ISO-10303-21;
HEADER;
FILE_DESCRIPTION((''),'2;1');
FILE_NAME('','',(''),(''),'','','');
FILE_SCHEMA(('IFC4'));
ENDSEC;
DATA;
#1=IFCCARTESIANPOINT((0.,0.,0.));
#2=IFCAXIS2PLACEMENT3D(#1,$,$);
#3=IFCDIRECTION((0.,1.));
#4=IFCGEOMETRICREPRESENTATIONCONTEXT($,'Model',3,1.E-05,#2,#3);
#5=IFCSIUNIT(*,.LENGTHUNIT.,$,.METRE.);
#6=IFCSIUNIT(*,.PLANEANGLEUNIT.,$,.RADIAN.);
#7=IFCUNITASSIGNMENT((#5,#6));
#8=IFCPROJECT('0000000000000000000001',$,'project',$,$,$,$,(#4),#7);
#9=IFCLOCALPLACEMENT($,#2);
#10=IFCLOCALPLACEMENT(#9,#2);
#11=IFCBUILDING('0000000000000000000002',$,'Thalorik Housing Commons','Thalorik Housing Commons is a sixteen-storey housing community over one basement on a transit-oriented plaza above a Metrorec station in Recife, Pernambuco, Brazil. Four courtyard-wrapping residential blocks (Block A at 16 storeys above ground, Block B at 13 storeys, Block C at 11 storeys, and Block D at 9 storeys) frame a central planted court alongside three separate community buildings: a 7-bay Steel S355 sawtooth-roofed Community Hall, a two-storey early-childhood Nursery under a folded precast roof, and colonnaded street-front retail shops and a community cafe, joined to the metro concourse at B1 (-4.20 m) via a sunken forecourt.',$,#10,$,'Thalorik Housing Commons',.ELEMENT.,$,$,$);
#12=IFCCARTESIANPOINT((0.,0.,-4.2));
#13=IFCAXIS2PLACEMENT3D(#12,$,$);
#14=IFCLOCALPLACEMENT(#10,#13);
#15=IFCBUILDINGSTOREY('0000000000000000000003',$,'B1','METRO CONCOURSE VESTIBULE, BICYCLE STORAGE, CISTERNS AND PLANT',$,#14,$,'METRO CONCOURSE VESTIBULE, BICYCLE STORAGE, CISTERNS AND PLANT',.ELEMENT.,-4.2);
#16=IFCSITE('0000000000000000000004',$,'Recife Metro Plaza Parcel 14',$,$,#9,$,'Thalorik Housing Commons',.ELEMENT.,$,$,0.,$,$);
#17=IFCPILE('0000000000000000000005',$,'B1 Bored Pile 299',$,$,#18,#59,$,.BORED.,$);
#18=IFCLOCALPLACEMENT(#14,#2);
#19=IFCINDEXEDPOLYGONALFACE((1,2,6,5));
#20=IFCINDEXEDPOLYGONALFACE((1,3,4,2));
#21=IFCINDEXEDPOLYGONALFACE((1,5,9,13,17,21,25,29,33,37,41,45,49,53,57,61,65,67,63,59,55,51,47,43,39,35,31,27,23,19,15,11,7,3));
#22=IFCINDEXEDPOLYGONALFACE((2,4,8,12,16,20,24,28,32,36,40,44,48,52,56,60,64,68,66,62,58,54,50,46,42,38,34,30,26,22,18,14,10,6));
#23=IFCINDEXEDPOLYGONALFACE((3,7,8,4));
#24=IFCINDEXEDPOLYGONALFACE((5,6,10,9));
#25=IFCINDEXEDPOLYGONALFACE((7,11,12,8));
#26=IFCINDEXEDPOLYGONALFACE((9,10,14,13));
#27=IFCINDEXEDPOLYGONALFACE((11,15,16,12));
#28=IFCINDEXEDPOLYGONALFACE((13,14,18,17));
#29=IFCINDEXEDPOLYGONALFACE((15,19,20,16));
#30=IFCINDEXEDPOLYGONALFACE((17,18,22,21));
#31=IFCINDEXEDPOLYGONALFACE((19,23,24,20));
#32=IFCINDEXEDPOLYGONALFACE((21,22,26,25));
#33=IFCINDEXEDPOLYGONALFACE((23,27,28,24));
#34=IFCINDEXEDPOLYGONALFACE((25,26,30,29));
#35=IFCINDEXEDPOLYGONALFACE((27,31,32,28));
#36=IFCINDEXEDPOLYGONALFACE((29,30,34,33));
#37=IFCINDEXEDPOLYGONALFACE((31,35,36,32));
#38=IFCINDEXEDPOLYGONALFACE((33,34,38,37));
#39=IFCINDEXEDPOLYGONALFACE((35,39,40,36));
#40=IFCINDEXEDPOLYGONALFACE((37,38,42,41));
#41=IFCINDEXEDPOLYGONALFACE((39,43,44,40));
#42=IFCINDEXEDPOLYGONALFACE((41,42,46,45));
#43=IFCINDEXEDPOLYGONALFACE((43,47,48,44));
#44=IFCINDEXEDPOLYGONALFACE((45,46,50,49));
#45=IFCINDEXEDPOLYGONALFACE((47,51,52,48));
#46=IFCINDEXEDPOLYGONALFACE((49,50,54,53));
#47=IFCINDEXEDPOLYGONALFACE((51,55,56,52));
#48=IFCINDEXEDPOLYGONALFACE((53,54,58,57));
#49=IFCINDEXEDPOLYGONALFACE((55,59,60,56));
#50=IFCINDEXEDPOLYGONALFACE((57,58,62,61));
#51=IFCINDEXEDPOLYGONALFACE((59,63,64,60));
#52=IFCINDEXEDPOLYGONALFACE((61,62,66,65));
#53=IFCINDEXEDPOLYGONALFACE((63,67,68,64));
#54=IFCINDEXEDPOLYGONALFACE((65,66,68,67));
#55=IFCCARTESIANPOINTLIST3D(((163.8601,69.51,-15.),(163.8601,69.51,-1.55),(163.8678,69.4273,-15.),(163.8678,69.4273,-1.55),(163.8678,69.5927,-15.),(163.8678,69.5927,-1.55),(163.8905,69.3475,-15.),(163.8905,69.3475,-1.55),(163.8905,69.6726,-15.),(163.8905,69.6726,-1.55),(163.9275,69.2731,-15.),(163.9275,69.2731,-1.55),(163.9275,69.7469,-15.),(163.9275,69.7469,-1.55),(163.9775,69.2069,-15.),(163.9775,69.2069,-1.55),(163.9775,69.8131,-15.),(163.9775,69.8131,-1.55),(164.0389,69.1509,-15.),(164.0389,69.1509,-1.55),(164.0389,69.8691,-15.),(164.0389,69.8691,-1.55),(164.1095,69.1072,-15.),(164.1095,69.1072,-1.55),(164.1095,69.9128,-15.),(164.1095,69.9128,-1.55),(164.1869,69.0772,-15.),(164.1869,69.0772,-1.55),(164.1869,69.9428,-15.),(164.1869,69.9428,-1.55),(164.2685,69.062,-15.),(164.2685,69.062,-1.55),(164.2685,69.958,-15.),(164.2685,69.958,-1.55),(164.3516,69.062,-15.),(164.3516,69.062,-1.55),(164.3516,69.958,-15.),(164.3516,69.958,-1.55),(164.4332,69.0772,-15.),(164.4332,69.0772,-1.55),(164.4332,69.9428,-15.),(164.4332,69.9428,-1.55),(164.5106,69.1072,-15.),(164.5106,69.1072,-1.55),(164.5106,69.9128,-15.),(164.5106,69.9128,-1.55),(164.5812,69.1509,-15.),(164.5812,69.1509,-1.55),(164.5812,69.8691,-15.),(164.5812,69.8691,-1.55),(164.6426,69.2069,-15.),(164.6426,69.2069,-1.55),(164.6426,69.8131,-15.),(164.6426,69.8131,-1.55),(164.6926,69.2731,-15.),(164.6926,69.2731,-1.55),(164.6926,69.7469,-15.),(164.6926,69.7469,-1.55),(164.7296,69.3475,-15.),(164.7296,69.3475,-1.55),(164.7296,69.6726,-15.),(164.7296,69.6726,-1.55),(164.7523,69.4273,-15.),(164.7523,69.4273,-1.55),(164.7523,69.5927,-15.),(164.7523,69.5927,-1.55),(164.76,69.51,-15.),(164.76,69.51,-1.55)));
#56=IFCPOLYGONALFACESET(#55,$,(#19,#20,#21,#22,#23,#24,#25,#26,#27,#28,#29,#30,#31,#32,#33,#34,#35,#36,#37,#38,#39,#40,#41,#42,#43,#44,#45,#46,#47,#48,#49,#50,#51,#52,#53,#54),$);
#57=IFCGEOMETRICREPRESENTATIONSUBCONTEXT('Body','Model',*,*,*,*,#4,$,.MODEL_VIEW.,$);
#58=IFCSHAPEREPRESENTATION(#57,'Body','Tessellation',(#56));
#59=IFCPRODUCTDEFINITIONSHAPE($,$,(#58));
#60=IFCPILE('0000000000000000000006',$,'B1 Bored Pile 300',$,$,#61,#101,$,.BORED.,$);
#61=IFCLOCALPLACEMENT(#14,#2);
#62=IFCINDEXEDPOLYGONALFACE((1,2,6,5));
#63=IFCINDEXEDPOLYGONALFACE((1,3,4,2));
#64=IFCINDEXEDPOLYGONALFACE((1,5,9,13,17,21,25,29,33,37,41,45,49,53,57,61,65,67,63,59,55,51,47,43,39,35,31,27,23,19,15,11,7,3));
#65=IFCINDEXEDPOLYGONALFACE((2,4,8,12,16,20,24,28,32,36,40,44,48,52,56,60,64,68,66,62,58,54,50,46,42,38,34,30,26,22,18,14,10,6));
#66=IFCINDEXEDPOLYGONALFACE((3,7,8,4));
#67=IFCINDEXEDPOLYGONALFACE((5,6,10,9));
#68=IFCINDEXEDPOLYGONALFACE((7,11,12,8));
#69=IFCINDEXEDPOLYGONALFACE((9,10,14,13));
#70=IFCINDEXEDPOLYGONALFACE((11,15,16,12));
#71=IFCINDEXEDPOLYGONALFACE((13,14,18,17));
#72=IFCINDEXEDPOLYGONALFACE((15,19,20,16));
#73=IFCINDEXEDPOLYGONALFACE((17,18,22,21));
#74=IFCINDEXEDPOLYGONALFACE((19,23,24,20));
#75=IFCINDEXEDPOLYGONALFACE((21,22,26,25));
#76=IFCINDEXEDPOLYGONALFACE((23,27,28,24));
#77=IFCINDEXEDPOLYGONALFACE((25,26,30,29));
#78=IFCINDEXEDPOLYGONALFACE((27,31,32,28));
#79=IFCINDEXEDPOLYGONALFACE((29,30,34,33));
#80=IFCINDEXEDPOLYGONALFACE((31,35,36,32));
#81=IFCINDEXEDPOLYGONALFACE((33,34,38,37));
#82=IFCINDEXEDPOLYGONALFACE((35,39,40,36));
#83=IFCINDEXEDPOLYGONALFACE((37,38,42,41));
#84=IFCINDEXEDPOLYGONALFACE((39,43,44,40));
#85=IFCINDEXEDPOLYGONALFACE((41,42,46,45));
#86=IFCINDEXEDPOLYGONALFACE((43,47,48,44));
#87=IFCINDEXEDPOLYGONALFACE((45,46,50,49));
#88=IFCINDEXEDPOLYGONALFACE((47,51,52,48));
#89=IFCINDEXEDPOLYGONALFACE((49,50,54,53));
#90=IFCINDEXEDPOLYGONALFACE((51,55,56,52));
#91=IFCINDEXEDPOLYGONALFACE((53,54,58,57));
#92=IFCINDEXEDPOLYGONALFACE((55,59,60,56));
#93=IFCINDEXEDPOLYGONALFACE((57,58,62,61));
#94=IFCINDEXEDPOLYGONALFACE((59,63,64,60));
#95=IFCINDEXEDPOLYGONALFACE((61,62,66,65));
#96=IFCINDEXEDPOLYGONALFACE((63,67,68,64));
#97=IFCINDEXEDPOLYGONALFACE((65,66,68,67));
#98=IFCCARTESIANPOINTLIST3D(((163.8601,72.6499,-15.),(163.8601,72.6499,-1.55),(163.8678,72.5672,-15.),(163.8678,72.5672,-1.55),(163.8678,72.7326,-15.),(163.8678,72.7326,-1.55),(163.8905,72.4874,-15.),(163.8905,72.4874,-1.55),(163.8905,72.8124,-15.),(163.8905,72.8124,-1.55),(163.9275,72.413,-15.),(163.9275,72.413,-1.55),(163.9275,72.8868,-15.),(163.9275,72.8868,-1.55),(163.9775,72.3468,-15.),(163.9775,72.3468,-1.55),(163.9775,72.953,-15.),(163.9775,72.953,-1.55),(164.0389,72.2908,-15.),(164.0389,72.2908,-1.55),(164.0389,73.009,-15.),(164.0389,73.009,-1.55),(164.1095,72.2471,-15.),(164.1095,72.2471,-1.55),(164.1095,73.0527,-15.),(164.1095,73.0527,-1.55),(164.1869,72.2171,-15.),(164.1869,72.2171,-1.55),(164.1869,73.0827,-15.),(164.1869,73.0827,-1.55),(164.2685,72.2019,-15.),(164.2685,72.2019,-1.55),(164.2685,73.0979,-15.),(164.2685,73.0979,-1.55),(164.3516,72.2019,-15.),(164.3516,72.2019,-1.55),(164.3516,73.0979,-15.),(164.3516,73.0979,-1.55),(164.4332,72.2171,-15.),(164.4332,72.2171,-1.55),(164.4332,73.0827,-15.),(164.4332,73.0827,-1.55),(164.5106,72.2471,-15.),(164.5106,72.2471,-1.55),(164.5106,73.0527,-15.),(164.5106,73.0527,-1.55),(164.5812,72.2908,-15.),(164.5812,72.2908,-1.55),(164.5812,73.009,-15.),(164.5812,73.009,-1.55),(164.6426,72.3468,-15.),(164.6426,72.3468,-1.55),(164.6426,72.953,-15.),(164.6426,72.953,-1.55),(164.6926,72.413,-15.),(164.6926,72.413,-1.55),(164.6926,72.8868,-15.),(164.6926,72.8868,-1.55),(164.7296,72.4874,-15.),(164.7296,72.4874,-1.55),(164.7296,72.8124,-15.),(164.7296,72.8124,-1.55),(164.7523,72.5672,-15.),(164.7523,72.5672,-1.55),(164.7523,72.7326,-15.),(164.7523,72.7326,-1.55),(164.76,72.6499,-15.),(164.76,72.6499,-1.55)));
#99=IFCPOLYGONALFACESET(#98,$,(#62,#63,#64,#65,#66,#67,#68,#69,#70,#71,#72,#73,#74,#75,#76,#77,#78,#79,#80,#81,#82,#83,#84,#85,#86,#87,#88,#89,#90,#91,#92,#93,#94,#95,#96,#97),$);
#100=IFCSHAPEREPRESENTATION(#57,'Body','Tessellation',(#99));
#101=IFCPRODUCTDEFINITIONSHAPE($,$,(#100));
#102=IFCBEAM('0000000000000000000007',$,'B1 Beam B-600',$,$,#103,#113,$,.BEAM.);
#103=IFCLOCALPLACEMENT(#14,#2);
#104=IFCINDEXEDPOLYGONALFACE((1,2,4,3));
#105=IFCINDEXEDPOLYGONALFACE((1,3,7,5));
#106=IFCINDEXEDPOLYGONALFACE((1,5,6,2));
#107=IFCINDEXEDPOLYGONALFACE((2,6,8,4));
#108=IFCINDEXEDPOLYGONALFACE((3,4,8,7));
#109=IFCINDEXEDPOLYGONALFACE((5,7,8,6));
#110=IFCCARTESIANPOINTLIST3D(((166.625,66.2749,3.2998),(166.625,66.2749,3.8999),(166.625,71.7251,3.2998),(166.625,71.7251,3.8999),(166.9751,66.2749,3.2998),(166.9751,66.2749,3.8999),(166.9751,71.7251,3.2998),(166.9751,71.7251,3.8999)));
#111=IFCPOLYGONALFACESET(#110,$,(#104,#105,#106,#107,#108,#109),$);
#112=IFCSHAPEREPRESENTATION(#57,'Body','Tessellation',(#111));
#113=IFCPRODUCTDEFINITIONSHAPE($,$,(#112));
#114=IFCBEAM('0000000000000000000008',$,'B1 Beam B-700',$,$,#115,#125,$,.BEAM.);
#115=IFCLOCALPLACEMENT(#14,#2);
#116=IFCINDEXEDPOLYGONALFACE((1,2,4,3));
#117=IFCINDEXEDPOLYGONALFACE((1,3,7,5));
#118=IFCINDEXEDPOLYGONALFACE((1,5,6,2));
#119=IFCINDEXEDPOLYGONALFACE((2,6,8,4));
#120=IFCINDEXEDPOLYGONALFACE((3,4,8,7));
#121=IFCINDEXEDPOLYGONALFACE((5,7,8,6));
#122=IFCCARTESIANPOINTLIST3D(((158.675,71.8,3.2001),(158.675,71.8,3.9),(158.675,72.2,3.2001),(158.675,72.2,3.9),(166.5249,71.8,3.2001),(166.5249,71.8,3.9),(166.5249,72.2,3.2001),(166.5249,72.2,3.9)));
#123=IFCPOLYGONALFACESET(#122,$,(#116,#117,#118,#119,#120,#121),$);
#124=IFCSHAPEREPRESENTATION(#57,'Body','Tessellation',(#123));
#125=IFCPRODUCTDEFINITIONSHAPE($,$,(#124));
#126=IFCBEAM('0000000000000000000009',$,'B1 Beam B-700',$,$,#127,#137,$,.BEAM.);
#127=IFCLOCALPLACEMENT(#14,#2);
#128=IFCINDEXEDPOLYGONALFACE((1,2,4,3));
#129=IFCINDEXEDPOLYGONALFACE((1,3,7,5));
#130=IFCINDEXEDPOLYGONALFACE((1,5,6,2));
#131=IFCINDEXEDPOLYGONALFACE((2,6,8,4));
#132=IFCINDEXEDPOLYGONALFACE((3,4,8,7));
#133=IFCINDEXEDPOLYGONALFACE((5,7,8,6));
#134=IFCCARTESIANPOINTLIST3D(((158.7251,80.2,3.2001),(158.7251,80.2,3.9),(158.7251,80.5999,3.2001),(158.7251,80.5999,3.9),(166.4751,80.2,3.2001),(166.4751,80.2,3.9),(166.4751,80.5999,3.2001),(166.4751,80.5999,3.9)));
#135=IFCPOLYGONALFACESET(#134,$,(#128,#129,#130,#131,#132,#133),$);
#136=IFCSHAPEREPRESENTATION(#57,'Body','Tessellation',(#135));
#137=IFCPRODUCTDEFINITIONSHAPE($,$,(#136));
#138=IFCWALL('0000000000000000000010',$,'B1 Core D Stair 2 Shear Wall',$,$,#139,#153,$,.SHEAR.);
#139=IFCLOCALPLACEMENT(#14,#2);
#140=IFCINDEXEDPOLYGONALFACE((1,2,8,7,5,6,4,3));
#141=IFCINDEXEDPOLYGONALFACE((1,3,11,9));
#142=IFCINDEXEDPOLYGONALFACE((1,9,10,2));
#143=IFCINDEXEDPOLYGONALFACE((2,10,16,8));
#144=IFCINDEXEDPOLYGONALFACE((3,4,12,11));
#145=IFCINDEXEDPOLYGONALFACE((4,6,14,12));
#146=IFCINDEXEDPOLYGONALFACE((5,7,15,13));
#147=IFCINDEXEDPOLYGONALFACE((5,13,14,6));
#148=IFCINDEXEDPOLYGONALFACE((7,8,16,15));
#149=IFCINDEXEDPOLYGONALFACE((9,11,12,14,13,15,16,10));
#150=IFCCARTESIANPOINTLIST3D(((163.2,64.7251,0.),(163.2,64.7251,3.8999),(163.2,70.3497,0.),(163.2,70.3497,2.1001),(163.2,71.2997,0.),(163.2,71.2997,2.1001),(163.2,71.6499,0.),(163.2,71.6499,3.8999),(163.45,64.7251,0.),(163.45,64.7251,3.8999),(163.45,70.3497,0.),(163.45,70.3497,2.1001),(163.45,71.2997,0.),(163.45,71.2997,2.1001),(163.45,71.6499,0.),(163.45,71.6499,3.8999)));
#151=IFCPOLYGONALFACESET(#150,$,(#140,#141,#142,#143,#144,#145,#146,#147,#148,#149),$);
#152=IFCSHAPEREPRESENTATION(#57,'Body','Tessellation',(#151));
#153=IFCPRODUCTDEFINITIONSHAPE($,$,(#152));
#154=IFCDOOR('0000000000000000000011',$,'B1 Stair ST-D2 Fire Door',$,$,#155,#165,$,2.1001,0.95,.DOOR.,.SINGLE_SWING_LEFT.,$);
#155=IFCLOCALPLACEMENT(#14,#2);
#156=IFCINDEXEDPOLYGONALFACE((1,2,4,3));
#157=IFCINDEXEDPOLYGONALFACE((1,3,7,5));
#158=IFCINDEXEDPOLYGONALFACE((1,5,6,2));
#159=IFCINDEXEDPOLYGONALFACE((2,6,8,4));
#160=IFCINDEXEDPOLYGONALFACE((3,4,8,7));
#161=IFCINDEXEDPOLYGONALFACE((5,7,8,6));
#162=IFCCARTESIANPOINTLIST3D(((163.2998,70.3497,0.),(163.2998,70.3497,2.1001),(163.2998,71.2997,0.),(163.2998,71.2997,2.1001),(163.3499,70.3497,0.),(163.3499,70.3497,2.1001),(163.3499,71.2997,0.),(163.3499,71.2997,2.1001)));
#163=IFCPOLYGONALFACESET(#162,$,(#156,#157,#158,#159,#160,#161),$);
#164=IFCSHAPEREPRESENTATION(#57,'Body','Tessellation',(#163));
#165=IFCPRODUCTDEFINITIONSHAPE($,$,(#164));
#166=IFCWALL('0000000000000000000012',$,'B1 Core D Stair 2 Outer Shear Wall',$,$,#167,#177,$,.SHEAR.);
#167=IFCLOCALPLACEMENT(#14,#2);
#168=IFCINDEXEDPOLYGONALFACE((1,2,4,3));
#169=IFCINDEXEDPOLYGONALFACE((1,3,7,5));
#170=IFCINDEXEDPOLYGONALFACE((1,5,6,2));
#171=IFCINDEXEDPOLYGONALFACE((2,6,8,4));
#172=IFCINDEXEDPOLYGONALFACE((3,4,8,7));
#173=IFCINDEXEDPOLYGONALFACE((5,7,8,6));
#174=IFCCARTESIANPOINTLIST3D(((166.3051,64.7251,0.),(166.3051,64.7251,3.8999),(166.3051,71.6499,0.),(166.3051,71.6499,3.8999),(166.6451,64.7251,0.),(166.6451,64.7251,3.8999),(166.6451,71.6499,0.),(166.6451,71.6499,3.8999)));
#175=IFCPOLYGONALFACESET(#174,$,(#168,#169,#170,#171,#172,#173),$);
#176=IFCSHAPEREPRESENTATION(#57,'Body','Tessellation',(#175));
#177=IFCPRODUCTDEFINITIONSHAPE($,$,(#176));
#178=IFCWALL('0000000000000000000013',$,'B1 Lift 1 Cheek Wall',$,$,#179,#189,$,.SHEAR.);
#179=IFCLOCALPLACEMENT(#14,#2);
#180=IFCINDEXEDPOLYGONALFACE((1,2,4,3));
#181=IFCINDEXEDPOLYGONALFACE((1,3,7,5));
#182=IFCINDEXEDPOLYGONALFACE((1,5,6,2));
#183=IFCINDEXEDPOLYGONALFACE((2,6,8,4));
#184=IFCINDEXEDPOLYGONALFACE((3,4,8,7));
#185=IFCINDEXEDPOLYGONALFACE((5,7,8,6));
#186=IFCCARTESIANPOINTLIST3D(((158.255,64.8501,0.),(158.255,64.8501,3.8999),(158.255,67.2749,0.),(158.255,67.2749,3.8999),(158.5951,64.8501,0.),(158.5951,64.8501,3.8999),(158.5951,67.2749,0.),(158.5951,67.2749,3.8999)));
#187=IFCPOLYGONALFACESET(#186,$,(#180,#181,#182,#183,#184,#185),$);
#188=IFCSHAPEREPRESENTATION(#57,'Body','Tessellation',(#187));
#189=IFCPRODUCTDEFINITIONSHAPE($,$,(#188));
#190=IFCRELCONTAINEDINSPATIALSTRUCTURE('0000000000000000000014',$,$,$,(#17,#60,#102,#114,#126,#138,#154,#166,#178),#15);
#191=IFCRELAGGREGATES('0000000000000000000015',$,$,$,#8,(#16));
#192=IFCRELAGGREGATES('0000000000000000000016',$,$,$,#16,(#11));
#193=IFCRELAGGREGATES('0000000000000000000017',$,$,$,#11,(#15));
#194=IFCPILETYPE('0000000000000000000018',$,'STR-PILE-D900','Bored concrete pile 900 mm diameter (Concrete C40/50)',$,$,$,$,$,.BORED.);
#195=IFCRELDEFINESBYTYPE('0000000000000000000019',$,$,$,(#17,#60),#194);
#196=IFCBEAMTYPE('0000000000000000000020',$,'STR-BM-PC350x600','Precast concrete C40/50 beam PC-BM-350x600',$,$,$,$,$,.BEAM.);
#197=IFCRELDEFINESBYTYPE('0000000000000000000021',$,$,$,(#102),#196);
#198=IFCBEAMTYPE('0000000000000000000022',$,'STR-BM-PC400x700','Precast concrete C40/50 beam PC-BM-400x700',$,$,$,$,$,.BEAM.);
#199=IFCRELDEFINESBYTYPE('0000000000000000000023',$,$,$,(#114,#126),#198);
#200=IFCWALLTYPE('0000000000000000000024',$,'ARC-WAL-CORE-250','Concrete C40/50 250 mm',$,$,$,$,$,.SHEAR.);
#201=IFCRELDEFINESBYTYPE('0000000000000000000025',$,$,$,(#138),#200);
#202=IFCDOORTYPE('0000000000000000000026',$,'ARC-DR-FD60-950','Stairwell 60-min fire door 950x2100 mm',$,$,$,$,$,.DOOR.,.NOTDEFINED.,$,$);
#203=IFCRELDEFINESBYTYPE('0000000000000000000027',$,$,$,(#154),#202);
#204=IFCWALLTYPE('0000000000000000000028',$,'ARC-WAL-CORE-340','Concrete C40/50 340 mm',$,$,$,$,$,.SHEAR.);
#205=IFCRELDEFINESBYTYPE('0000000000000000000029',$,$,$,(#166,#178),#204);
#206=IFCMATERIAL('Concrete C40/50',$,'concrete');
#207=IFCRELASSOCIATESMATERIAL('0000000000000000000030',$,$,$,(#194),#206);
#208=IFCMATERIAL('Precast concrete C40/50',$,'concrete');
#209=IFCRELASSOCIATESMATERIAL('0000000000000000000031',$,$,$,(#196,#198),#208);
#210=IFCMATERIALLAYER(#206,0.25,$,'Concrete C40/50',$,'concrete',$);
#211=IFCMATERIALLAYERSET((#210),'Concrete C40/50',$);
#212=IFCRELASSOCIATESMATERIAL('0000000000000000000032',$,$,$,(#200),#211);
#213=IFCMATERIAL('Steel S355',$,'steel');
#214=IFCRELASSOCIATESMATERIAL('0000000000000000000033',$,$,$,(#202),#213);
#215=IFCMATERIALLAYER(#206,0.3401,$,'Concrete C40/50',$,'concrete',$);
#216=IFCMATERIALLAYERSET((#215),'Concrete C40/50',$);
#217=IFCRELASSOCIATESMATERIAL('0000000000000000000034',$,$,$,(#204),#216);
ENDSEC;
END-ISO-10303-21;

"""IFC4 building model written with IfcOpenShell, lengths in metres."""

from ifc_helpers import new_model, si_unit, direction, frame, frame_2d, origin, origin_2d, place, context, subcontext, project, spatial, rectangle, circle, extrude, material, layer, layer_set, material_profile, profile_set, type_object, element, fill, save


model = new_model("IFC4")

# Units and contexts
model_context = context("Model", 3, precision=1e-05, world=origin(), true_north=direction((0.0, 1.0)))
body_context = subcontext(model_context, "Body", "Model", "MODEL_VIEW")
ifc_project = project(units=[si_unit("LENGTHUNIT", "METRE"), si_unit("PLANEANGLEUNIT", "RADIAN")], contexts=[model_context])

# Site, building, storey
site_placement = place(None, origin())
site = spatial("IfcSite", under=ifc_project, at=site_placement, Name="Recife Metro Plaza Parcel 14", LongName="Thalorik Housing Commons", CompositionType="ELEMENT", RefElevation=0.0)
building_placement = place(site_placement, origin())
building = spatial("IfcBuilding", under=site, at=building_placement, Name="Thalorik Housing Commons", Description="Thalorik Housing Commons is a sixteen-storey housing community over one basement on a transit-oriented plaza above a Metrorec station in Recife, Pernambuco, Brazil. Four courtyard-wrapping residential blocks (Block A at 16 storeys above ground, Block B at 13 storeys, Block C at 11 storeys, and Block D at 9 storeys) frame a central planted court alongside three separate community buildings: a 7-bay Steel S355 sawtooth-roofed Community Hall, a two-storey early-childhood Nursery under a folded precast roof, and colonnaded street-front retail shops and a community cafe, joined to the metro concourse at B1 (-4.20 m) via a sunken forecourt.", LongName="Thalorik Housing Commons", CompositionType="ELEMENT")
storey_placement = place(building_placement, frame((0.0, 0.0, -4.2)))
storey = spatial("IfcBuildingStorey", under=building, at=storey_placement, Name="B1", Description="METRO CONCOURSE VESTIBULE, BICYCLE STORAGE, CISTERNS AND PLANT", LongName="METRO CONCOURSE VESTIBULE, BICYCLE STORAGE, CISTERNS AND PLANT", CompositionType="ELEMENT", Elevation=-4.2)

# Shared definitions
ifc_material_1 = material(Name="Concrete C40/50", Category="concrete")

# Piles
ifc_material_profile_1 = material_profile(ifc_material_1, circle(Radius=0.45, at=origin_2d()), Name="BORED PILE D900", Category="concrete")
ifc_profile_set_1 = profile_set([ifc_material_profile_1], Name="Concrete C40/50")
pile_type = type_object("IfcPileType", Name="STR-PILE-D900", Description="Bored concrete pile 900 mm diameter (Concrete C40/50)", PredefinedType="BORED", material=ifc_profile_set_1)
for number, where, z_axis, x_axis, name in (
    (1, (164.3101, 69.51, -1.55), (0.0, 0.0, -1.0), (1.0, 0.0, 0.0), "B1 Bored Pile 299"),
    (2, (164.3101, 72.6499, -1.55), (0.0, 0.0, -1.0), (1.0, 0.0, 0.0), "B1 Bored Pile 300"),
):
    element("IfcPile", number, at=place(storey_placement, frame(where, z_axis=z_axis, x_axis=x_axis)), inside=storey, type_object=pile_type, Name=name, PredefinedType="BORED", context=body_context, shape_type="SweptSolid", body=[
        extrude(circle(Radius=0.45, at=origin_2d()), origin(), (0.0, 0.0, 1.0), 13.45),
    ])

# Beams
ifc_material_2 = material(Name="Precast concrete C40/50", Category="concrete")
ifc_material_profile_2 = material_profile(ifc_material_2, rectangle(XDim=0.3501, YDim=0.6001, at=origin_2d()), Name="PC 350x600", Category="concrete")
ifc_profile_set_2 = profile_set([ifc_material_profile_2], Name="Precast concrete C40/50")
beam_type_1 = type_object("IfcBeamType", Name="STR-BM-PC350x600", Description="Precast concrete C40/50 beam PC-BM-350x600", PredefinedType="BEAM", material=ifc_profile_set_2)
beam_1_placement = place(storey_placement, frame((166.8, 66.2749, 3.5999), z_axis=(0.0, 1.0, 0.0), x_axis=(-1.0, 0.0, 0.0)))
element("IfcBeam", 3, at=beam_1_placement, inside=storey, type_object=beam_type_1, Name="B1 Beam B-600", PredefinedType="BEAM", context=body_context, shape_type="SweptSolid", body=[
    extrude(rectangle(XDim=0.3501, YDim=0.6001, at=origin_2d()), origin(), (0.0, 0.0, 1.0), 5.4502),
])
ifc_material_profile_3 = material_profile(ifc_material_2, rectangle(XDim=0.3999, YDim=0.7, at=origin_2d()), Name="PC 400x700", Category="concrete")
ifc_profile_set_3 = profile_set([ifc_material_profile_3], Name="Precast concrete C40/50")
beam_type_2 = type_object("IfcBeamType", Name="STR-BM-PC400x700", Description="Precast concrete C40/50 beam PC-BM-400x700", PredefinedType="BEAM", material=ifc_profile_set_3)
beam_2_placement = place(storey_placement, frame((158.675, 72.0, 3.55), z_axis=(1.0, 0.0, 0.0), x_axis=(0.0, 1.0, 0.0)))
element("IfcBeam", 4, at=beam_2_placement, inside=storey, type_object=beam_type_2, Name="B1 Beam B-700", PredefinedType="BEAM", context=body_context, shape_type="SweptSolid", body=[
    extrude(rectangle(XDim=0.3999, YDim=0.7, at=origin_2d()), origin(), (0.0, 0.0, 1.0), 7.8499),
])
beam_3_placement = place(storey_placement, frame((158.7251, 80.3999, 3.55), z_axis=(1.0, 0.0, 0.0), x_axis=(0.0, 1.0, 0.0)))
element("IfcBeam", 5, at=beam_3_placement, inside=storey, type_object=beam_type_2, Name="B1 Beam B-700", PredefinedType="BEAM", context=body_context, shape_type="SweptSolid", body=[
    extrude(rectangle(XDim=0.3999, YDim=0.7, at=origin_2d()), origin(), (0.0, 0.0, 1.0), 7.75),
])

# Wall, opening, door
ifc_layer_1 = layer(ifc_material_1, 0.25, Name="Concrete C40/50", Category="concrete")
ifc_layer_set_1 = layer_set([ifc_layer_1], Name="Concrete C40/50")
wall_type_1 = type_object("IfcWallType", Name="ARC-WAL-CORE-250", Description="Concrete C40/50 250 mm", PredefinedType="SHEAR", material=ifc_layer_set_1)
wall_1_placement = place(storey_placement, frame((163.325, 71.6499, 0.0), z_axis=(0.0, 0.0, 1.0), x_axis=(0.0, -1.0, 0.0)))
wall_1 = element("IfcWall", 6, at=wall_1_placement, inside=storey, type_object=wall_type_1, Name="B1 Core D Stair 2 Shear Wall", PredefinedType="SHEAR", context=body_context, shape_type="SweptSolid", body=[
    extrude(rectangle(XDim=6.9248, YDim=0.25, at=frame_2d((3.4624, 0.0))), origin(), (0.0, 0.0, 1.0), 3.8999),
])
opening_1_placement = place(wall_1_placement, frame((0.3501, 0.0, 0.0)))
opening_1 = element("IfcOpeningElement", 7, at=opening_1_placement, cuts=wall_1, PredefinedType="OPENING", context=body_context, shape_type="SweptSolid", body=[
    extrude(rectangle(XDim=0.95, YDim=2.1001, at=frame_2d((0.4751, 1.05))), frame((0.0, 0.135, 0.0), z_axis=(0.0, -1.0, 0.0), x_axis=(1.0, 0.0, 0.0)), (0.0, 0.0, 1.0), 0.27),
])
ifc_material_3 = material(Name="Steel S355", Category="steel")
door_type_1 = type_object("IfcDoorType", Name="ARC-DR-FD60-950", Description="Stairwell 60-min fire door 950x2100 mm", OperationType="NOTDEFINED", PredefinedType="DOOR", material=ifc_material_3)
door_1_placement = place(opening_1_placement, origin())
door_1 = element("IfcDoor", 8, at=door_1_placement, inside=storey, type_object=door_type_1, Name="B1 Stair ST-D2 Fire Door", OperationType="SINGLE_SWING_LEFT", OverallHeight=2.1001, OverallWidth=0.95, PredefinedType="DOOR", context=body_context, shape_type="SweptSolid", body=[
    extrude(rectangle(XDim=0.95, YDim=2.1001, at=frame_2d((0.4751, 1.05))), frame((0.0, 0.0249, 0.0), z_axis=(0.0, -1.0, 0.0), x_axis=(1.0, 0.0, 0.0)), (0.0, 0.0, 1.0), 0.05),
])
fill(opening_1, door_1)

# Walls
ifc_layer_2 = layer(ifc_material_1, 0.3401, Name="Concrete C40/50", Category="concrete")
ifc_layer_set_2 = layer_set([ifc_layer_2], Name="Concrete C40/50")
wall_type_2 = type_object("IfcWallType", Name="ARC-WAL-CORE-340", Description="Concrete C40/50 340 mm", PredefinedType="SHEAR", material=ifc_layer_set_2)
wall_2_placement = place(storey_placement, frame((166.4751, 71.6499, 0.0), z_axis=(0.0, 0.0, 1.0), x_axis=(0.0, -1.0, 0.0)))
element("IfcWall", 9, at=wall_2_placement, inside=storey, type_object=wall_type_2, Name="B1 Core D Stair 2 Outer Shear Wall", PredefinedType="SHEAR", context=body_context, shape_type="SweptSolid", body=[
    extrude(rectangle(XDim=6.9248, YDim=0.3401, at=frame_2d((3.4624, 0.0))), origin(), (0.0, 0.0, 1.0), 3.8999),
])
for number, where, z_axis, x_axis, name in (
    (10, (158.425, 67.2749, 0.0), (0.0, 0.0, 1.0), (0.0, -1.0, 0.0), "B1 Lift 1 Cheek Wall"),
):
    element("IfcWall", number, at=place(storey_placement, frame(where, z_axis=z_axis, x_axis=x_axis)), inside=storey, type_object=wall_type_2, Name=name, PredefinedType="SHEAR", context=body_context, shape_type="SweptSolid", body=[
        extrude(rectangle(XDim=2.4248, YDim=0.3401, at=frame_2d((1.2124, 0.0))), origin(), (0.0, 0.0, 1.0), 3.8999),
    ])

save(model, "model.ifc")
